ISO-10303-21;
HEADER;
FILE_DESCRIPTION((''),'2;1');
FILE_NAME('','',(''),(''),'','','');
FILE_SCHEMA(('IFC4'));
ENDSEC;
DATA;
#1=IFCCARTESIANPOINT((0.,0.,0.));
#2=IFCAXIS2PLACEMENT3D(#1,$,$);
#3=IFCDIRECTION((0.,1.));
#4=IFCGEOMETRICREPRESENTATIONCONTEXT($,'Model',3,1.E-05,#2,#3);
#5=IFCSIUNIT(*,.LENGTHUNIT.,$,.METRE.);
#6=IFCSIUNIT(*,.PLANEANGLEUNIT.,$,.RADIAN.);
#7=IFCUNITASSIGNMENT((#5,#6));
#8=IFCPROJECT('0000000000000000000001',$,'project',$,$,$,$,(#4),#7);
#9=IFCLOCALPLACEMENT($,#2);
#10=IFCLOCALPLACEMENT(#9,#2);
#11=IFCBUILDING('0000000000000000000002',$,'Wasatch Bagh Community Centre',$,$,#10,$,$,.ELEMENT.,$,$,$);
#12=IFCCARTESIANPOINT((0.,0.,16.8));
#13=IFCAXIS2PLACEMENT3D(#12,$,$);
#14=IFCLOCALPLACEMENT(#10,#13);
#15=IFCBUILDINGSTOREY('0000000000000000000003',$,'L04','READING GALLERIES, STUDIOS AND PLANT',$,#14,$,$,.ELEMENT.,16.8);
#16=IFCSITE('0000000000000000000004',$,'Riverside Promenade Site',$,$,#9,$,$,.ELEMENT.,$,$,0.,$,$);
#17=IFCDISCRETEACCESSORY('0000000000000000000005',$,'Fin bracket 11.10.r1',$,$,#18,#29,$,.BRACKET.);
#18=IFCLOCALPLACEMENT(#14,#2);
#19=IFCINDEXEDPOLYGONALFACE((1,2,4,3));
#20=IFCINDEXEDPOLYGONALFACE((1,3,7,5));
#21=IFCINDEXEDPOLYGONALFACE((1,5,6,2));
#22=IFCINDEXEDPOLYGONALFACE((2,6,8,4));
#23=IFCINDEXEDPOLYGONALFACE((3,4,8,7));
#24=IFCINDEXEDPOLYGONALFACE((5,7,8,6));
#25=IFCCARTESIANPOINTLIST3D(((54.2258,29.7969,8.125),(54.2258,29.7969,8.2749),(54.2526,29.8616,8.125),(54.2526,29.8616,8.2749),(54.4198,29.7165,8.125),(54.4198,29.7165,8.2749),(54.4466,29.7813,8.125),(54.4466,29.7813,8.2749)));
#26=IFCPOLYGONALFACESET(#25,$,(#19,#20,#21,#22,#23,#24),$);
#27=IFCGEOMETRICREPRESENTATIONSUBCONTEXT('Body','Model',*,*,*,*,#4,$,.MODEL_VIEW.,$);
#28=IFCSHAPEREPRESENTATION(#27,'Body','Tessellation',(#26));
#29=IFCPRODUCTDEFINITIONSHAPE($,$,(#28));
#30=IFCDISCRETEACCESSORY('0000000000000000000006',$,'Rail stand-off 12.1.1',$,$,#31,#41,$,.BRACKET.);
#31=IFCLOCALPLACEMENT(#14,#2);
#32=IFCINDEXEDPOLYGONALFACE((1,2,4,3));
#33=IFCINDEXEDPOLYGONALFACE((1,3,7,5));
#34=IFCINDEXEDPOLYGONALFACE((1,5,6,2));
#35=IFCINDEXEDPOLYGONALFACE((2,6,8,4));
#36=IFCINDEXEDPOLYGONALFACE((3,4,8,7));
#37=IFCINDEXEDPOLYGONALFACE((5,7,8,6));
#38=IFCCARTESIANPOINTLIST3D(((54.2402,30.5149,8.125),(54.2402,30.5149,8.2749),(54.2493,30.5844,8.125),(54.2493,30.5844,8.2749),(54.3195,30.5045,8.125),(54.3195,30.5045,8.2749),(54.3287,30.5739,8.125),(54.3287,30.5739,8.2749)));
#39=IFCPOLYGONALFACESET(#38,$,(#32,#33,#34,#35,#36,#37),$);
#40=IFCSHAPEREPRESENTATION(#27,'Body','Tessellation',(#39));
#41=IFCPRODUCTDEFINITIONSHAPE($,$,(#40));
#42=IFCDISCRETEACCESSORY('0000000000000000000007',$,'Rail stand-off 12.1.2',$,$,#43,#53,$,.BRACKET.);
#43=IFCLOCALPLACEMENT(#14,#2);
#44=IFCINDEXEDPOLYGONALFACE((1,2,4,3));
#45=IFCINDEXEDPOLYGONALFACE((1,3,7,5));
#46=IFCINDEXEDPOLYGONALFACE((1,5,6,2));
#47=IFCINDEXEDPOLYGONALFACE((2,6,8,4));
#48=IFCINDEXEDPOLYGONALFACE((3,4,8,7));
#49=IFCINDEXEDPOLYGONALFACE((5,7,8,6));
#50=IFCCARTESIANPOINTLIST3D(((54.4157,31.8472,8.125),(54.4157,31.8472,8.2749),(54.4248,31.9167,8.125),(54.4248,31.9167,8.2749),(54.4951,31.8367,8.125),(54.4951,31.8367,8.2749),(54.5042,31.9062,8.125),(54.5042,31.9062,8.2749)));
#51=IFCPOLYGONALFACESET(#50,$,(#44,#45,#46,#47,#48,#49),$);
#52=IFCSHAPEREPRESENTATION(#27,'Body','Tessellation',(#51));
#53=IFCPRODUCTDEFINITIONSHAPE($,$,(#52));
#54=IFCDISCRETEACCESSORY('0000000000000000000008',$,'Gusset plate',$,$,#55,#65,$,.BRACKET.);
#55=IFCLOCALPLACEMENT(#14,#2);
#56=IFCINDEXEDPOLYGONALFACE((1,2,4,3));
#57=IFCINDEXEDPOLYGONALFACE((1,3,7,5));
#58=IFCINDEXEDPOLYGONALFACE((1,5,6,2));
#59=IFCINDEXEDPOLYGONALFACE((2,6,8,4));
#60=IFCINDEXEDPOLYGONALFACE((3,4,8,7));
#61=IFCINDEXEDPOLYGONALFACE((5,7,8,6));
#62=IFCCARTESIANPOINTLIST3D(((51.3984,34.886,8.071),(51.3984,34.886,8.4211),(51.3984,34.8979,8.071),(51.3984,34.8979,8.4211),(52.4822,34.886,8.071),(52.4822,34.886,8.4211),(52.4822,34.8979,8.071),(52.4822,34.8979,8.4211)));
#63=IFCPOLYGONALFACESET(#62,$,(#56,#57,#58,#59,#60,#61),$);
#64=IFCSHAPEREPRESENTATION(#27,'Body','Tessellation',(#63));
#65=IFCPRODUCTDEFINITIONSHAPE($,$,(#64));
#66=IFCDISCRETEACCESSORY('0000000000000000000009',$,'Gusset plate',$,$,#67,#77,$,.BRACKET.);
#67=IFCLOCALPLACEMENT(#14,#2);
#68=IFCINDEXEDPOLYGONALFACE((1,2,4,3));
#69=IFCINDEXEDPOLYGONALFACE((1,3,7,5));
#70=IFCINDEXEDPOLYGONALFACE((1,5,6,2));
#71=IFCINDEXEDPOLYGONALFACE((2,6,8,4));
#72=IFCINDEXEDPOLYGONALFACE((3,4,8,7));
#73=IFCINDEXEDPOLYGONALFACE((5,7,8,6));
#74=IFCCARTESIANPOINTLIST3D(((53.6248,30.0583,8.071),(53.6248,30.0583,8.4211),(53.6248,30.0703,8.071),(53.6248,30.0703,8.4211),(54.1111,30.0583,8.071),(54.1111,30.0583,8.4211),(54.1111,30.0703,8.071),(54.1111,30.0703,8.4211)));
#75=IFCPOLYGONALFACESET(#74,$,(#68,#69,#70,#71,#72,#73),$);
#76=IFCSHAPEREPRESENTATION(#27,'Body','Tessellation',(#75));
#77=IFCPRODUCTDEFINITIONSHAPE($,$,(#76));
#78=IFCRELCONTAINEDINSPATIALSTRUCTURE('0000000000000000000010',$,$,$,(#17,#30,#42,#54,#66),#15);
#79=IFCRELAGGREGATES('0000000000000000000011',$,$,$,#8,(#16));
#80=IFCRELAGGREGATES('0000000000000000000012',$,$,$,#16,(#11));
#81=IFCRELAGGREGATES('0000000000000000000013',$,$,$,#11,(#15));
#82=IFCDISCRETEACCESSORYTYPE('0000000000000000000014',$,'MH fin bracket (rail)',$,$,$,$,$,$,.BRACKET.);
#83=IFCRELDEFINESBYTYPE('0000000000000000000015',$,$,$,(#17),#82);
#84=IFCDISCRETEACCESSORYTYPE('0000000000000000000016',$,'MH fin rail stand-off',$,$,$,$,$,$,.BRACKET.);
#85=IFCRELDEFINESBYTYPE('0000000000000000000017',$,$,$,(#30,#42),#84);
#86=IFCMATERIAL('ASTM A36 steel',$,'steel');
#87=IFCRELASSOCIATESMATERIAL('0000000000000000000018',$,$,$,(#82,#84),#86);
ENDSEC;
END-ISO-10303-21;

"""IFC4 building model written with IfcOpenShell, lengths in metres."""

from ifc_helpers import new_model, si_unit, direction, frame, origin, origin_2d, place, context, subcontext, project, spatial, polyline, rectangle, outline, extrude, material, type_object, element, save


model = new_model("IFC4")

# Units and contexts
model_context = context("Model", 3, precision=1e-05, world=origin(), true_north=direction((0.0, 1.0)))
body_context = subcontext(model_context, "Body", "Model", "MODEL_VIEW")
ifc_project = project(units=[si_unit("LENGTHUNIT", "METRE"), si_unit("PLANEANGLEUNIT", "RADIAN")], contexts=[model_context])

# Site, building, storey
site_placement = place(None, origin())
site = spatial("IfcSite", under=ifc_project, at=site_placement, Name="Riverside Promenade Site", CompositionType="ELEMENT", RefElevation=0.0)
building_placement = place(site_placement, origin())
building = spatial("IfcBuilding", under=site, at=building_placement, Name="Wasatch Bagh Community Centre", CompositionType="ELEMENT")
storey_placement = place(building_placement, frame((0.0, 0.0, 16.8)))
storey = spatial("IfcBuildingStorey", under=building, at=storey_placement, Name="L04", Description="READING GALLERIES, STUDIOS AND PLANT", CompositionType="ELEMENT", Elevation=16.8)

# Shared definitions
ifc_material_1 = material(Name="ASTM A36 steel", Category="steel")

# Discrete accessories
discrete_accessory_type_1 = type_object("IfcDiscreteAccessoryType", Name="MH fin bracket (rail)", PredefinedType="BRACKET", material=ifc_material_1)
discrete_accessory_1_placement = place(storey_placement, frame((54.3362, 29.7891, 8.125), z_axis=(0.0, 0.0, 1.0), x_axis=(0.382683, 0.92388, 0.0)))
element("IfcDiscreteAccessory", 1, at=discrete_accessory_1_placement, inside=storey, type_object=discrete_accessory_type_1, Name="Fin bracket 11.10.r1", PredefinedType="BRACKET", context=body_context, shape_type="SweptSolid", body=[
    extrude(rectangle(XDim=0.0701, YDim=0.21, at=origin_2d()), origin(), (0.0, 0.0, 1.0), 0.1499),
])
discrete_accessory_type_2 = type_object("IfcDiscreteAccessoryType", Name="MH fin rail stand-off", PredefinedType="BRACKET", material=ifc_material_1)
for number, where, z_axis, x_axis, name in (
    (2, (54.2844, 30.5444, 8.125), (0.0, 0.0, 1.0), (0.130526, 0.991445, 0.0), "Rail stand-off 12.1.1"),
    (3, (54.46, 31.8767, 8.125), (0.0, 0.0, 1.0), (0.130526, 0.991445, 0.0), "Rail stand-off 12.1.2"),
):
    element("IfcDiscreteAccessory", number, at=place(storey_placement, frame(where, z_axis=z_axis, x_axis=x_axis)), inside=storey, type_object=discrete_accessory_type_2, Name=name, PredefinedType="BRACKET", context=body_context, shape_type="SweptSolid", body=[
        extrude(rectangle(XDim=0.0701, YDim=0.0801, at=origin_2d()), origin(), (0.0, 0.0, 1.0), 0.1499),
    ])
discrete_accessory_2_placement = place(storey_placement, frame((51.3984, 34.886, 8.071), z_axis=(0.0, -1.0, 0.0), x_axis=(1.0, 0.0, 0.0)))
element("IfcDiscreteAccessory", 4, at=discrete_accessory_2_placement, inside=storey, Name="Gusset plate", PredefinedType="BRACKET", context=body_context, shape_type="SweptSolid", body=[
    extrude(outline(polyline([(0.0, 0.0), (1.0837, 0.0), (1.0837, 0.3501), (0.0, 0.3501), (0.0, 0.0)])), origin(), (0.0, 0.0, -1.0), 0.012),
])
discrete_accessory_3_placement = place(storey_placement, frame((53.6248, 30.0583, 8.071), z_axis=(0.0, -1.0, 0.0), x_axis=(1.0, 0.0, 0.0)))
element("IfcDiscreteAccessory", 5, at=discrete_accessory_3_placement, inside=storey, Name="Gusset plate", PredefinedType="BRACKET", context=body_context, shape_type="SweptSolid", body=[
    extrude(outline(polyline([(0.0, 0.0), (0.4863, 0.0), (0.4863, 0.3501), (0.0, 0.3501), (0.0, 0.0)])), origin(), (0.0, 0.0, -1.0), 0.012),
])

save(model, "model.ifc")
